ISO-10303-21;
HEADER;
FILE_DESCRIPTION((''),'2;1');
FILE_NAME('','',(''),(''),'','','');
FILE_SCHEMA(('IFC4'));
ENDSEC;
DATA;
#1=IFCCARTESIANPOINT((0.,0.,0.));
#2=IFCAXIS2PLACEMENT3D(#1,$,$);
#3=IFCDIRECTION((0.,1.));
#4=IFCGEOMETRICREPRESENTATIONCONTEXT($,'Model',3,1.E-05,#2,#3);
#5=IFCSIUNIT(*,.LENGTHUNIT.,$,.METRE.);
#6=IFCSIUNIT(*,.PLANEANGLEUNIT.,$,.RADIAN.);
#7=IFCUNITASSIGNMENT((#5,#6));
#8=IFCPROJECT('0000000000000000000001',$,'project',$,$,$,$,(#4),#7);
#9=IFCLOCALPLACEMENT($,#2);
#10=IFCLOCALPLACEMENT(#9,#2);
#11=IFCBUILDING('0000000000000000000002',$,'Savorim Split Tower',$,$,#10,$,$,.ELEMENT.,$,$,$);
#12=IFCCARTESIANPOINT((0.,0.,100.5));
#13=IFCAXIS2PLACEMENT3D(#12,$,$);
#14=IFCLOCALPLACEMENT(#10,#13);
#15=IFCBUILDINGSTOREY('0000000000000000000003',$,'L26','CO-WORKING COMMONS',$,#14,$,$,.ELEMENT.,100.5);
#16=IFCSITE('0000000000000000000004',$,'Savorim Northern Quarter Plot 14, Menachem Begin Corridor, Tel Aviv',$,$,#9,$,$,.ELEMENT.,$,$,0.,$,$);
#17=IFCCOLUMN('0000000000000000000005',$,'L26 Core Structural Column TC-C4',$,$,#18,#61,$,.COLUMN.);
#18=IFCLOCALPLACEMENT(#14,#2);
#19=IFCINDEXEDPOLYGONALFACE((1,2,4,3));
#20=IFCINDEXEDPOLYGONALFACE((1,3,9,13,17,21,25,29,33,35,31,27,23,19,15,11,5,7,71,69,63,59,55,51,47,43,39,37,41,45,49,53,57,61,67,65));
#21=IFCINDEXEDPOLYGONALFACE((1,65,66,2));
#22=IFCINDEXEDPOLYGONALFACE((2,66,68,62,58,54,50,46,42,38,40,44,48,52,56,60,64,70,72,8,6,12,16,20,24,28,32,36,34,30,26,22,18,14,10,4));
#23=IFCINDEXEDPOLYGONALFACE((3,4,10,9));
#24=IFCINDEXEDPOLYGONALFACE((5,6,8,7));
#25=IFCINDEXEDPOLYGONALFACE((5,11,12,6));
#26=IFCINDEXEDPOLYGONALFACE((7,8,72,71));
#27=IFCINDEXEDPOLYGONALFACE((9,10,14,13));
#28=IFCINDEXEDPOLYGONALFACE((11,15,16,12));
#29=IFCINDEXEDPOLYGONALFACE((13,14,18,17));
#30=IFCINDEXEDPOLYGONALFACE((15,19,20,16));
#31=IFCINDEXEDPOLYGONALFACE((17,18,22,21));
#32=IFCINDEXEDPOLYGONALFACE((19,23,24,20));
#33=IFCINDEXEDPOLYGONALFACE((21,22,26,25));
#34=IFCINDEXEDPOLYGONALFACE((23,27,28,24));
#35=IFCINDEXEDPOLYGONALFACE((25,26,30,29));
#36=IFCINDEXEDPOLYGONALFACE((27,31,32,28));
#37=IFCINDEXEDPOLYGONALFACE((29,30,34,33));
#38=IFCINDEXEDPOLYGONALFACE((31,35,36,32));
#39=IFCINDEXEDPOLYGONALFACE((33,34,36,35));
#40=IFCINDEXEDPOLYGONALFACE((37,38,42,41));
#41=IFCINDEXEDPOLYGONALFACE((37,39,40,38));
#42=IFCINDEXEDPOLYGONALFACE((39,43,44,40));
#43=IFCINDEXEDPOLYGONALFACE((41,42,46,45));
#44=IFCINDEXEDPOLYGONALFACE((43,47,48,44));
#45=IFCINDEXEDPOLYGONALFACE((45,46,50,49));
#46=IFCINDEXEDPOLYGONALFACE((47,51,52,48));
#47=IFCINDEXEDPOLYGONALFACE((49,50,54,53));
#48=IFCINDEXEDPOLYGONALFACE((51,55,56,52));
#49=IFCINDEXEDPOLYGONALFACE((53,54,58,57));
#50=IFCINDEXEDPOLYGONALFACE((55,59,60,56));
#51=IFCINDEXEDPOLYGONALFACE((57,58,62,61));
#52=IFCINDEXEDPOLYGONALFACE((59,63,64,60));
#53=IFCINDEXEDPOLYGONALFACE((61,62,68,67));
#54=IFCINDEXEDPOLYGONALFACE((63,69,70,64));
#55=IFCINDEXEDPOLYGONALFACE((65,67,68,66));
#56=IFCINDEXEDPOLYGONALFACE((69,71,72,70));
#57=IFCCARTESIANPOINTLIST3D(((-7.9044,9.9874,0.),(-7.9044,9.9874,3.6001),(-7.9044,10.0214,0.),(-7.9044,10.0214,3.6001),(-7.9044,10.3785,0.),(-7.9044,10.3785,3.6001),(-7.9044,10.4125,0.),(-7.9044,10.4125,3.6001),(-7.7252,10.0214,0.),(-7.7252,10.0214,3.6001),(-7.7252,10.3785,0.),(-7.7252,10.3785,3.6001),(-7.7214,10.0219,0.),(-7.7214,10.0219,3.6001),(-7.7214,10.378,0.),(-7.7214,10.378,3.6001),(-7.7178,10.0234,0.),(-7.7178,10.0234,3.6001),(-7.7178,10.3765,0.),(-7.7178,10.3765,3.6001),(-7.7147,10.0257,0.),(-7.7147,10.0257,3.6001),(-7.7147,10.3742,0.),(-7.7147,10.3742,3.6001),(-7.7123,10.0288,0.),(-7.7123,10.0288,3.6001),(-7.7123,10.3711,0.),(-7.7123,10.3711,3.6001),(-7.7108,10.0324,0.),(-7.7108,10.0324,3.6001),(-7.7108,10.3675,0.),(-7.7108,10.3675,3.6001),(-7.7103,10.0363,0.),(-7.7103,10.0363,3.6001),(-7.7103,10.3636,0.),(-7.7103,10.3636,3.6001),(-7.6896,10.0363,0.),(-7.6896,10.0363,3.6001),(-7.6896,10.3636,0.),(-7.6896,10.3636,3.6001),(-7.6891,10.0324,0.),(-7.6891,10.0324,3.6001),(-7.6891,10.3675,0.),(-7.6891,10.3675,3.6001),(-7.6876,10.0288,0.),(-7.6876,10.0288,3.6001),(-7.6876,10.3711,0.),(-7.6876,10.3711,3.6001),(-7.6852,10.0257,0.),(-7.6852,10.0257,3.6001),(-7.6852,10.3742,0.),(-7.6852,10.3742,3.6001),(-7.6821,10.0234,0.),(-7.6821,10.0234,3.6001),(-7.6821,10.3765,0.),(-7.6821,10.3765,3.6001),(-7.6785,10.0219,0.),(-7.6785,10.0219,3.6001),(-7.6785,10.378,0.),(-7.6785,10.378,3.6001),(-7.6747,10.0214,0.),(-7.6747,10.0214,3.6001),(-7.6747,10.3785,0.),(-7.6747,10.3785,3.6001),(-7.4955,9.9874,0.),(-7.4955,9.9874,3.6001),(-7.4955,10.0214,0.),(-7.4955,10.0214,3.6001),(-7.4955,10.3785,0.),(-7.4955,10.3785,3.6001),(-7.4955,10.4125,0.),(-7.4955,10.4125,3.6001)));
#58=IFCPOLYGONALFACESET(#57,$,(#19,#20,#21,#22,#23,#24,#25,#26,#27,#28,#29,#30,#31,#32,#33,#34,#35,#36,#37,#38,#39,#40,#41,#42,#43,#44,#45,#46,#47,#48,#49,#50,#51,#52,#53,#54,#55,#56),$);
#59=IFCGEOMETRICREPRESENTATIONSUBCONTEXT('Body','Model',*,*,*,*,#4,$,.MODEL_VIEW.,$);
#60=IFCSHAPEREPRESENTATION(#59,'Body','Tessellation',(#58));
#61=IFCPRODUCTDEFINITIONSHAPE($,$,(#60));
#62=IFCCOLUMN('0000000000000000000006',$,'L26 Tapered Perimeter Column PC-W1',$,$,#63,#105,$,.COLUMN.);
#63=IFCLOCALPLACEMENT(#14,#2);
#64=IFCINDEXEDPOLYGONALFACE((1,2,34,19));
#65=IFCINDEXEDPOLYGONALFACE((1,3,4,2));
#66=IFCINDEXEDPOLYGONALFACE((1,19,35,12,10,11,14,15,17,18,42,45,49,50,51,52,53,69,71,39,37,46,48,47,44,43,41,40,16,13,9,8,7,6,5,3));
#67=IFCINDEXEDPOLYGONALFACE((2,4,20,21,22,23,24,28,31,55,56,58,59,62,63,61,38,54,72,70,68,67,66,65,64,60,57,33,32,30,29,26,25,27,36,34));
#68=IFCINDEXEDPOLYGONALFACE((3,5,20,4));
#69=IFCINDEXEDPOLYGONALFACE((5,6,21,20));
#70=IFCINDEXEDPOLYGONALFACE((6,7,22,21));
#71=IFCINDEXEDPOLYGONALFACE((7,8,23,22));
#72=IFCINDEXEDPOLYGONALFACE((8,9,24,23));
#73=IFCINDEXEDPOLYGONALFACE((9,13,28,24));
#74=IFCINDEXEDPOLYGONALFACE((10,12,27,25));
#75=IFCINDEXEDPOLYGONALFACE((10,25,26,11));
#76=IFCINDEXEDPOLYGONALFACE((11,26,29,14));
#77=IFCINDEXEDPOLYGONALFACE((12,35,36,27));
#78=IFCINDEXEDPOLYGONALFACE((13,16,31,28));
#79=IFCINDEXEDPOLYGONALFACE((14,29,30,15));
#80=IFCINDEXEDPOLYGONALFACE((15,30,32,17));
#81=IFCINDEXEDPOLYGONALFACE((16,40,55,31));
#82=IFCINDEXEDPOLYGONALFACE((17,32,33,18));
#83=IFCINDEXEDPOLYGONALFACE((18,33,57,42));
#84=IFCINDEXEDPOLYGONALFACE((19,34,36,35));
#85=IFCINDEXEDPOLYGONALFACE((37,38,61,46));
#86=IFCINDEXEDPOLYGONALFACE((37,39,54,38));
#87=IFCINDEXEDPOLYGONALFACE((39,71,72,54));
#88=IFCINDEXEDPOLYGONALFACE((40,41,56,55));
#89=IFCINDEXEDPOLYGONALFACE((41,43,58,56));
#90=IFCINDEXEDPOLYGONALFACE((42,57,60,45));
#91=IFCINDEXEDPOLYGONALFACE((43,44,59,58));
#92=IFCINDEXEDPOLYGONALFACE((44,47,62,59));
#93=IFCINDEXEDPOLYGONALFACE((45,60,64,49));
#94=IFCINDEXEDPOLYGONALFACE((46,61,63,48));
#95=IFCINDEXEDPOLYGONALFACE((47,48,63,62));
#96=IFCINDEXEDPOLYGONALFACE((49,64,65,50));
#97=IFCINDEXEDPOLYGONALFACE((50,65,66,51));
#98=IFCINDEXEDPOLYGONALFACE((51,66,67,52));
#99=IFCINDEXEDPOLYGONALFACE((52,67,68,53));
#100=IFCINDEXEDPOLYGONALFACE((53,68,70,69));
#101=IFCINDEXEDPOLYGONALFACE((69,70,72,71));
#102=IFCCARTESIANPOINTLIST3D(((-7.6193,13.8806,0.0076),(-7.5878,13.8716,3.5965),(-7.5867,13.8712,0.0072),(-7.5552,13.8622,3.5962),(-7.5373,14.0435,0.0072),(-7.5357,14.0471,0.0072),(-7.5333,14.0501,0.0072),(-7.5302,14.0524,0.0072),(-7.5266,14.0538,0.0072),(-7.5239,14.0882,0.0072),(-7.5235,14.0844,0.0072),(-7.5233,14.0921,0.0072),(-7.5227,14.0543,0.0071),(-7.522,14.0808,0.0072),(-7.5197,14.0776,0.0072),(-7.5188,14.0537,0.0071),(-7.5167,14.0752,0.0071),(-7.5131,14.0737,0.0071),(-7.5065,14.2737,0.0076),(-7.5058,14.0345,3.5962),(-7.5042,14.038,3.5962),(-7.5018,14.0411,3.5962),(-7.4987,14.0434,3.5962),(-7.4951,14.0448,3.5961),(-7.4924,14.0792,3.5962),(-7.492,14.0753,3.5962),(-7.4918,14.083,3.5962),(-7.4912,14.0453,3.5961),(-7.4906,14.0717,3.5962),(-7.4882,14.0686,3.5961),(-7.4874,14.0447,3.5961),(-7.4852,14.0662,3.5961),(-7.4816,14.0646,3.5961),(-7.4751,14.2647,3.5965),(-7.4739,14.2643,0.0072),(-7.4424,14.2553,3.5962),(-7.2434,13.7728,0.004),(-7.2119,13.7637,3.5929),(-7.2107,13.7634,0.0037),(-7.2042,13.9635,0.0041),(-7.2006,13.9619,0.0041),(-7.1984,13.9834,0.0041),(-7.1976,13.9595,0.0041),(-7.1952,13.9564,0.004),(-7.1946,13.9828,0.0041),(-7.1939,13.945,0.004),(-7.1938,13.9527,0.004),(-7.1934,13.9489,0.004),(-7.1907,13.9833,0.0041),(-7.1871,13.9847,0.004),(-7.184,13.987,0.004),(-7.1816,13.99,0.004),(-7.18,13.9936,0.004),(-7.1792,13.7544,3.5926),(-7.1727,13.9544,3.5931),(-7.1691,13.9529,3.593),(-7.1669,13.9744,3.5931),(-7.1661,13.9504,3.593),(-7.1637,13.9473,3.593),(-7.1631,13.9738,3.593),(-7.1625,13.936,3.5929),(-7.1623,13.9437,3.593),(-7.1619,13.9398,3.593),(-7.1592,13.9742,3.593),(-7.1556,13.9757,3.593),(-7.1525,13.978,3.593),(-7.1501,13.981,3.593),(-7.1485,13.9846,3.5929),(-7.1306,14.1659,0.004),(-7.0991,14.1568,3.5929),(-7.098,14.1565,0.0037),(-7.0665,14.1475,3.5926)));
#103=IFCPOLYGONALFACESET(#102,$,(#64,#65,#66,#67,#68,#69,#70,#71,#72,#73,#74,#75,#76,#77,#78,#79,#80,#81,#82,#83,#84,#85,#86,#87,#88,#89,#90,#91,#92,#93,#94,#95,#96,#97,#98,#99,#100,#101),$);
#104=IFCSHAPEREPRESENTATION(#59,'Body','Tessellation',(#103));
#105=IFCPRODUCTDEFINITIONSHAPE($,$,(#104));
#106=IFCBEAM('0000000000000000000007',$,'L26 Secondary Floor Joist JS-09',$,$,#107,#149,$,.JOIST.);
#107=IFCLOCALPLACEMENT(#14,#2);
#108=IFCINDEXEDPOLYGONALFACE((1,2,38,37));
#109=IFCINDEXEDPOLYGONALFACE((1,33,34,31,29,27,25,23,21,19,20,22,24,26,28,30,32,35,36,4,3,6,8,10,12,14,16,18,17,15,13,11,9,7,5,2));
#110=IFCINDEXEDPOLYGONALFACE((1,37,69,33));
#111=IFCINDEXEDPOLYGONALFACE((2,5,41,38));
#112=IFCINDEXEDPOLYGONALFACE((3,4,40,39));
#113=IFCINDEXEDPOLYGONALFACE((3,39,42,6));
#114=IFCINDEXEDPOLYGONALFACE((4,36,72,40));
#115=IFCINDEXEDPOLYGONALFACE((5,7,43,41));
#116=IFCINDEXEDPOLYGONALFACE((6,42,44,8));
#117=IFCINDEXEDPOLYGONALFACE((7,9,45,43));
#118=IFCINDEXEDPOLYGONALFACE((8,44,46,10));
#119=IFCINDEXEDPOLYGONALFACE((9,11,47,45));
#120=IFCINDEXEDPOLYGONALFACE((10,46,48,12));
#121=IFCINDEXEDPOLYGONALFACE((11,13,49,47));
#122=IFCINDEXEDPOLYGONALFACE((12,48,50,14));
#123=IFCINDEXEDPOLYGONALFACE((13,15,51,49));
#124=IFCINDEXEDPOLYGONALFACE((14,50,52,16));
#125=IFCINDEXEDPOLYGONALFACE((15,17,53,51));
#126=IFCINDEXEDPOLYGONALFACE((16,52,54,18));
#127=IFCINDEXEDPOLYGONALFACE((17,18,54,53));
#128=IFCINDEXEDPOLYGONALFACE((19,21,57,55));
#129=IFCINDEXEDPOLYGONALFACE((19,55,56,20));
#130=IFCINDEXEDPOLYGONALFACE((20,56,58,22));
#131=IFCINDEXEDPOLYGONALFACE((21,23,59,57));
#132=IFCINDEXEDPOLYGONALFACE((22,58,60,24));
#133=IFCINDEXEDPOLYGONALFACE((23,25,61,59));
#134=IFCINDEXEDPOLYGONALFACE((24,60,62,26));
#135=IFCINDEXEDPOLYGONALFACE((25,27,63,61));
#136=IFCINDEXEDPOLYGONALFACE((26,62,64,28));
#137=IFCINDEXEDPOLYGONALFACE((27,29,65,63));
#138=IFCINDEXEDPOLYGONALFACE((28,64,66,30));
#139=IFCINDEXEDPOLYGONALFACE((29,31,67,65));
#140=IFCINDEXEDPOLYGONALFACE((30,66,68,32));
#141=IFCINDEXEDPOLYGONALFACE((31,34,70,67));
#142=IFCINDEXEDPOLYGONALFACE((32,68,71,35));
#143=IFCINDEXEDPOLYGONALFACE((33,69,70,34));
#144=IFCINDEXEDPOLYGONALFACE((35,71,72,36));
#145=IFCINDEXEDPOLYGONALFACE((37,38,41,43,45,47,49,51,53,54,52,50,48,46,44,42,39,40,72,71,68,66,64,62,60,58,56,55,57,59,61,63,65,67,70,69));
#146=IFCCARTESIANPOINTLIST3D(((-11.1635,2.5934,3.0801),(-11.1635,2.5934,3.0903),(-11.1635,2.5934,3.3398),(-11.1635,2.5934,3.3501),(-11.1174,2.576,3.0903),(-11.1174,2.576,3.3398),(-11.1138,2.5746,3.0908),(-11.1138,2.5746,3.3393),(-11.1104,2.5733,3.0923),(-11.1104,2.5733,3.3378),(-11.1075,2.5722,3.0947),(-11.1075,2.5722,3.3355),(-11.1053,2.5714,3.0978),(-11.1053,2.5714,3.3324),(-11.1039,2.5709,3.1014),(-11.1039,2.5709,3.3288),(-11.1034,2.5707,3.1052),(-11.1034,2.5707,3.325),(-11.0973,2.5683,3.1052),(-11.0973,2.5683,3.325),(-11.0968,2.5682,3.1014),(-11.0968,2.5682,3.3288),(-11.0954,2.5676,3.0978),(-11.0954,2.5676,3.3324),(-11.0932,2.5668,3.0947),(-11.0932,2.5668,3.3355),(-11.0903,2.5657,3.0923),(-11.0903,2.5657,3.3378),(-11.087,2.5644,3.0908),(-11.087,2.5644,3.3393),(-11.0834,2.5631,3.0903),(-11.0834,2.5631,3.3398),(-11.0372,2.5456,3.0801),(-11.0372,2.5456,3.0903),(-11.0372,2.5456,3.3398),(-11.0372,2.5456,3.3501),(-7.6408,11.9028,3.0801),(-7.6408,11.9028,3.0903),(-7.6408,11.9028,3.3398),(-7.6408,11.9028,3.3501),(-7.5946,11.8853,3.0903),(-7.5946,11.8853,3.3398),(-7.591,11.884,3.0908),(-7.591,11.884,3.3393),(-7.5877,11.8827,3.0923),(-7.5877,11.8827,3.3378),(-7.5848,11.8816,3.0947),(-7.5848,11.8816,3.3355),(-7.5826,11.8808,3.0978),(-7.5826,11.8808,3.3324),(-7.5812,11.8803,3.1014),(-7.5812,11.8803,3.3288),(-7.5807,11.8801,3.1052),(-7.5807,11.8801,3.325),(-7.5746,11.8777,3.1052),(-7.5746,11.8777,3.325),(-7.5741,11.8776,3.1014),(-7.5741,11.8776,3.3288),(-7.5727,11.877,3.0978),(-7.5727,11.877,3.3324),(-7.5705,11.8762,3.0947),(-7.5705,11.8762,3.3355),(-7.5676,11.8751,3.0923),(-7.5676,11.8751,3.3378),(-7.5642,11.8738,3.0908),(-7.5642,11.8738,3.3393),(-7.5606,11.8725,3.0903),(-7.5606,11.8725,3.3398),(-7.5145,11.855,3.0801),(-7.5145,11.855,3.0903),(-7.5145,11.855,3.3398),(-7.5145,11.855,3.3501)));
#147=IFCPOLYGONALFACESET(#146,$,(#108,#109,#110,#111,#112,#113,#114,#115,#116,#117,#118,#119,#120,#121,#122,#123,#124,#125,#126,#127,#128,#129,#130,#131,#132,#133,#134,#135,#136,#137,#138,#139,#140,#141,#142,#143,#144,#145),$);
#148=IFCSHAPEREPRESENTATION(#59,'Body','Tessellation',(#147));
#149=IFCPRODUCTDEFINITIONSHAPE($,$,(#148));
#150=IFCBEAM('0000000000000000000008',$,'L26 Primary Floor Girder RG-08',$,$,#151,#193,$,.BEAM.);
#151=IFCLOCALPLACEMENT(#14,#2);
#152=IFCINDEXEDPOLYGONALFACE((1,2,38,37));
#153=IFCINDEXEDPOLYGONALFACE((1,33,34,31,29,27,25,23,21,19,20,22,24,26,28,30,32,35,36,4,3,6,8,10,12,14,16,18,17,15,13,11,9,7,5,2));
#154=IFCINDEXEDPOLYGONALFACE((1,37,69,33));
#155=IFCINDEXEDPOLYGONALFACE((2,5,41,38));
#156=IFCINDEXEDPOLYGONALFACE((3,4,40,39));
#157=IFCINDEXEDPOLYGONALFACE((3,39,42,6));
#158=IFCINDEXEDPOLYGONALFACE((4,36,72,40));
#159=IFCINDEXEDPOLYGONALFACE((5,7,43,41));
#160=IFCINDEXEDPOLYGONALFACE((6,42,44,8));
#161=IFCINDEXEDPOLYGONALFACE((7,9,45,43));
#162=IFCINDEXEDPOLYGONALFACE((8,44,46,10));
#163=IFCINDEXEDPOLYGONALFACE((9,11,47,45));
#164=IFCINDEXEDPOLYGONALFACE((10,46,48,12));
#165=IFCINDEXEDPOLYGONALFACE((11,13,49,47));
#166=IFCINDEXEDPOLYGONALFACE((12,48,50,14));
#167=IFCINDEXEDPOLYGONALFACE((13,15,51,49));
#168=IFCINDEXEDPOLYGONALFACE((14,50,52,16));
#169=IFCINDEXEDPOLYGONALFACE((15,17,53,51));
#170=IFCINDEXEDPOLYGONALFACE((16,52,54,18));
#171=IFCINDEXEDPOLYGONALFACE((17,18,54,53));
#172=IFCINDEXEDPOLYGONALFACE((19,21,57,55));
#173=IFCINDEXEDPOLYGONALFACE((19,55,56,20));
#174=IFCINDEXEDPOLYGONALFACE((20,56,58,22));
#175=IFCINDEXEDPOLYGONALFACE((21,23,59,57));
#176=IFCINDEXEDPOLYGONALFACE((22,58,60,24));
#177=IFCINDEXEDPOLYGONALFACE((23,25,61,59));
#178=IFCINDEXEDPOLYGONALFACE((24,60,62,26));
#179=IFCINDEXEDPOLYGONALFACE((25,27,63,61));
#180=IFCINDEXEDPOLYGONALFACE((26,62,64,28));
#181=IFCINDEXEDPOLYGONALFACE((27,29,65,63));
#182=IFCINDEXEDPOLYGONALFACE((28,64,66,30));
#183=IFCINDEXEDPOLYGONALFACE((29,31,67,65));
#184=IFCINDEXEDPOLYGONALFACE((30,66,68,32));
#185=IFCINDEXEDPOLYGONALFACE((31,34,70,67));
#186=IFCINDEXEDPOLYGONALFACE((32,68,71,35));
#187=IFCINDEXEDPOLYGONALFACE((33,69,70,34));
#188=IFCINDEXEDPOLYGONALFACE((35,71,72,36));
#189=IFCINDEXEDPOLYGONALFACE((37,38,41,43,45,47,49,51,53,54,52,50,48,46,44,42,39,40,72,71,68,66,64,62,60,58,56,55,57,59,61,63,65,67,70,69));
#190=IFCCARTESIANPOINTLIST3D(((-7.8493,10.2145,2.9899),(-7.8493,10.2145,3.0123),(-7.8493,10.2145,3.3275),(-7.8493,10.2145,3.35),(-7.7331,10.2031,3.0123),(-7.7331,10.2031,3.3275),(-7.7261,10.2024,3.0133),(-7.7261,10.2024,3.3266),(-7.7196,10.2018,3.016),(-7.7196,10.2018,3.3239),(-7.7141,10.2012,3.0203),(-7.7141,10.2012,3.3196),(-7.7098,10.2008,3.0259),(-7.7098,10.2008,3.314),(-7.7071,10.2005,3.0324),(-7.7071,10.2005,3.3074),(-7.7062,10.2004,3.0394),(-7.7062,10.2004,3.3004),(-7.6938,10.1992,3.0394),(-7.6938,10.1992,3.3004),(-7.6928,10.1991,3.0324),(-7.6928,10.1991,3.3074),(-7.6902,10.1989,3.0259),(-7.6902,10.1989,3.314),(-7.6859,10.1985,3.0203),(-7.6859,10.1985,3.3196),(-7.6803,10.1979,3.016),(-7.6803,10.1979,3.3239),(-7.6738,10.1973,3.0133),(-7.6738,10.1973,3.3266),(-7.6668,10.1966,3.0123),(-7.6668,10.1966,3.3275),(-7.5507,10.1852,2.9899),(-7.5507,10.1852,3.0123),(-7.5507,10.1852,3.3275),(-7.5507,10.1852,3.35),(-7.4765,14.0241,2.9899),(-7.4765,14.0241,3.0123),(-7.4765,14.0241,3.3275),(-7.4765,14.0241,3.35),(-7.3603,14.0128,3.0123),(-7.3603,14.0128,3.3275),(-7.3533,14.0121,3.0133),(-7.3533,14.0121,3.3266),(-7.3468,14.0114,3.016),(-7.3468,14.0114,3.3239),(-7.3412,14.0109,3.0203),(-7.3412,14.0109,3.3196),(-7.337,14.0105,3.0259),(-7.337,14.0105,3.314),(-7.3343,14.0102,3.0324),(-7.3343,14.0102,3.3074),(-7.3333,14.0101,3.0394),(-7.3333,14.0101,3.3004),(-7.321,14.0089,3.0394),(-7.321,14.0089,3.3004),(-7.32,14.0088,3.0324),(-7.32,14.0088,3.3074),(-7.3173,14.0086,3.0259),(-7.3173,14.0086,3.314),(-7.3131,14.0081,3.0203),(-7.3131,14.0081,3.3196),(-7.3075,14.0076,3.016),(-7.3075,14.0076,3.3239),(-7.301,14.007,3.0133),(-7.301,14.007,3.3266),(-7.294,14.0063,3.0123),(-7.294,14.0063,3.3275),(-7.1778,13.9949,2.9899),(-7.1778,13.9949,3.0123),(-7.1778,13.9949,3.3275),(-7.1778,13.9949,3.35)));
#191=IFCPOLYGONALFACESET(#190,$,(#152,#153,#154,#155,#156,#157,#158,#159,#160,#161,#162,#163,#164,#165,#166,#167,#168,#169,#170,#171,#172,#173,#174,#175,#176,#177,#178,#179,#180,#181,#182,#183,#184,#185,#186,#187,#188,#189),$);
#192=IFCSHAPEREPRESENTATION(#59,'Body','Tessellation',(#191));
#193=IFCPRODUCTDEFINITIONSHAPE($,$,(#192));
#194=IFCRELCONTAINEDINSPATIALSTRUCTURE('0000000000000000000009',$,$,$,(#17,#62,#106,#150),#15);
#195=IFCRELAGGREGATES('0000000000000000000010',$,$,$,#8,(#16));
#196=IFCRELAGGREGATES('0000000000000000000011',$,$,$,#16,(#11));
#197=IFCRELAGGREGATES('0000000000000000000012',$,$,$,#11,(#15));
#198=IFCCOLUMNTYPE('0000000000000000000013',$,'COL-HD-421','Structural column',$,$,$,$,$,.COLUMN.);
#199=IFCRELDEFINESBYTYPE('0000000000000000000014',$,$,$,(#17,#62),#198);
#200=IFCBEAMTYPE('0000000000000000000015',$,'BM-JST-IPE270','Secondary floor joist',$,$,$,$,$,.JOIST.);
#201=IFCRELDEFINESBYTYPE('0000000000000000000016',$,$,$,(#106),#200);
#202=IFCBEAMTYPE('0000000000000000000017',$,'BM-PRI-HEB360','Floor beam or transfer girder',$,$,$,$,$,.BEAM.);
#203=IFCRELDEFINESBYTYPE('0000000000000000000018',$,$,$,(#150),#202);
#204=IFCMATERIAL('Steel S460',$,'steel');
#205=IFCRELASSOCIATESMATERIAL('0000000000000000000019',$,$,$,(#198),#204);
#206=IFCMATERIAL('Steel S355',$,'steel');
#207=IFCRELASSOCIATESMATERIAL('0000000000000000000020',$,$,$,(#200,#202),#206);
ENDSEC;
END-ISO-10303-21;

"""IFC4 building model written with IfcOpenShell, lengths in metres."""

from ifc_helpers import new_model, si_unit, direction, frame, origin, origin_2d, place, context, subcontext, project, spatial, i_section, extrude, material, material_profile, profile_set, type_object, element, save


model = new_model("IFC4")

# Units and contexts
model_context = context("Model", 3, precision=1e-05, world=origin(), true_north=direction((0.0, 1.0)))
body_context = subcontext(model_context, "Body", "Model", "MODEL_VIEW")
ifc_project = project(units=[si_unit("LENGTHUNIT", "METRE"), si_unit("PLANEANGLEUNIT", "RADIAN")], contexts=[model_context])

# Site, building, storey
site_placement = place(None, origin())
site = spatial("IfcSite", under=ifc_project, at=site_placement, Name="Savorim Northern Quarter Plot 14, Menachem Begin Corridor, Tel Aviv", CompositionType="ELEMENT", RefElevation=0.0)
building_placement = place(site_placement, origin())
building = spatial("IfcBuilding", under=site, at=building_placement, Name="Savorim Split Tower", CompositionType="ELEMENT")
storey_placement = place(building_placement, frame((0.0, 0.0, 100.5)))
storey = spatial("IfcBuildingStorey", under=building, at=storey_placement, Name="L26", Description="CO-WORKING COMMONS", CompositionType="ELEMENT", Elevation=100.5)

# Columns
ifc_material_1 = material(Name="Steel S460", Category="steel")
ifc_material_profile_1 = material_profile(ifc_material_1, i_section(OverallWidth=0.4089, OverallDepth=0.425, WebThickness=0.0208, FlangeThickness=0.0339, FilletRadius=0.0149, at=origin_2d()), Name="HD 400x421")
ifc_profile_set_1 = profile_set([ifc_material_profile_1], Name="Steel S460")
column_type = type_object("IfcColumnType", Name="COL-HD-421", Description="Structural column", PredefinedType="COLUMN", material=ifc_profile_set_1)
column_1_placement = place(storey_placement, frame((-7.7, 10.2, 0.0), z_axis=(0.0, 0.0, 1.0), x_axis=(1.0, 0.0, 0.0)))
element("IfcColumn", 1, at=column_1_placement, inside=storey, type_object=column_type, Name="L26 Core Structural Column TC-C4", PredefinedType="COLUMN", context=body_context, shape_type="SweptSolid", body=[
    extrude(i_section(OverallWidth=0.4089, OverallDepth=0.425, WebThickness=0.0208, FlangeThickness=0.0339, FilletRadius=0.0149, at=origin_2d()), origin(), (0.0, 0.0, 1.0), 3.6001),
])
column_2_placement = place(storey_placement, frame((-7.3586, 14.0186, 0.0056), z_axis=(0.008775, -0.002517, 0.999958), x_axis=(0.275705, 0.961242, 0.0)))
element("IfcColumn", 2, at=column_2_placement, inside=storey, type_object=column_type, Name="L26 Tapered Perimeter Column PC-W1", PredefinedType="COLUMN", context=body_context, shape_type="SweptSolid", body=[
    extrude(i_section(OverallWidth=0.4089, OverallDepth=0.425, WebThickness=0.0208, FlangeThickness=0.0339, FilletRadius=0.0149, at=origin_2d()), origin(), (0.0, 0.0, 1.0), 3.5891),
])

# Beams
ifc_material_2 = material(Name="Steel S355", Category="steel")
ifc_material_profile_2 = material_profile(ifc_material_2, i_section(OverallWidth=0.135, OverallDepth=0.27, WebThickness=0.0066, FlangeThickness=0.0103, FilletRadius=0.0149, at=origin_2d()), Name="IPE 270")
ifc_profile_set_2 = profile_set([ifc_material_profile_2], Name="Steel S355")
beam_type_1 = type_object("IfcBeamType", Name="BM-JST-IPE270", Description="Secondary floor joist", PredefinedType="JOIST", material=ifc_profile_set_2)
beam_1_placement = place(storey_placement, frame((-7.5776, 11.8789, 3.2151), z_axis=(-0.353915, -0.935278, 0.0), x_axis=(0.935278, -0.353915, 0.0)))
element("IfcBeam", 3, at=beam_1_placement, inside=storey, type_object=beam_type_1, Name="L26 Secondary Floor Joist JS-09", PredefinedType="JOIST", context=body_context, shape_type="SweptSolid", body=[
    extrude(i_section(OverallWidth=0.135, OverallDepth=0.27, WebThickness=0.0066, FlangeThickness=0.0103, FilletRadius=0.0149, at=origin_2d()), origin(), (0.0, 0.0, 1.0), 9.9536),
])
ifc_material_profile_3 = material_profile(ifc_material_2, i_section(OverallWidth=0.3, OverallDepth=0.3601, WebThickness=0.0125, FlangeThickness=0.0225, FilletRadius=0.0271, at=origin_2d()), Name="HEB 360")
ifc_profile_set_3 = profile_set([ifc_material_profile_3], Name="Steel S355")
beam_type_2 = type_object("IfcBeamType", Name="BM-PRI-HEB360", Description="Floor beam or transfer girder", PredefinedType="BEAM", material=ifc_profile_set_3)
beam_2_placement = place(storey_placement, frame((-7.3271, 14.0095, 3.1699), z_axis=(-0.097394, -0.995246, 0.0), x_axis=(0.995246, -0.097394, 0.0)))
element("IfcBeam", 4, at=beam_2_placement, inside=storey, type_object=beam_type_2, Name="L26 Primary Floor Girder RG-08", PredefinedType="BEAM", context=body_context, shape_type="SweptSolid", body=[
    extrude(i_section(OverallWidth=0.3, OverallDepth=0.3601, WebThickness=0.0125, FlangeThickness=0.0225, FilletRadius=0.0271, at=origin_2d()), origin(), (0.0, 0.0, 1.0), 3.8279),
])

save(model, "model.ifc")
